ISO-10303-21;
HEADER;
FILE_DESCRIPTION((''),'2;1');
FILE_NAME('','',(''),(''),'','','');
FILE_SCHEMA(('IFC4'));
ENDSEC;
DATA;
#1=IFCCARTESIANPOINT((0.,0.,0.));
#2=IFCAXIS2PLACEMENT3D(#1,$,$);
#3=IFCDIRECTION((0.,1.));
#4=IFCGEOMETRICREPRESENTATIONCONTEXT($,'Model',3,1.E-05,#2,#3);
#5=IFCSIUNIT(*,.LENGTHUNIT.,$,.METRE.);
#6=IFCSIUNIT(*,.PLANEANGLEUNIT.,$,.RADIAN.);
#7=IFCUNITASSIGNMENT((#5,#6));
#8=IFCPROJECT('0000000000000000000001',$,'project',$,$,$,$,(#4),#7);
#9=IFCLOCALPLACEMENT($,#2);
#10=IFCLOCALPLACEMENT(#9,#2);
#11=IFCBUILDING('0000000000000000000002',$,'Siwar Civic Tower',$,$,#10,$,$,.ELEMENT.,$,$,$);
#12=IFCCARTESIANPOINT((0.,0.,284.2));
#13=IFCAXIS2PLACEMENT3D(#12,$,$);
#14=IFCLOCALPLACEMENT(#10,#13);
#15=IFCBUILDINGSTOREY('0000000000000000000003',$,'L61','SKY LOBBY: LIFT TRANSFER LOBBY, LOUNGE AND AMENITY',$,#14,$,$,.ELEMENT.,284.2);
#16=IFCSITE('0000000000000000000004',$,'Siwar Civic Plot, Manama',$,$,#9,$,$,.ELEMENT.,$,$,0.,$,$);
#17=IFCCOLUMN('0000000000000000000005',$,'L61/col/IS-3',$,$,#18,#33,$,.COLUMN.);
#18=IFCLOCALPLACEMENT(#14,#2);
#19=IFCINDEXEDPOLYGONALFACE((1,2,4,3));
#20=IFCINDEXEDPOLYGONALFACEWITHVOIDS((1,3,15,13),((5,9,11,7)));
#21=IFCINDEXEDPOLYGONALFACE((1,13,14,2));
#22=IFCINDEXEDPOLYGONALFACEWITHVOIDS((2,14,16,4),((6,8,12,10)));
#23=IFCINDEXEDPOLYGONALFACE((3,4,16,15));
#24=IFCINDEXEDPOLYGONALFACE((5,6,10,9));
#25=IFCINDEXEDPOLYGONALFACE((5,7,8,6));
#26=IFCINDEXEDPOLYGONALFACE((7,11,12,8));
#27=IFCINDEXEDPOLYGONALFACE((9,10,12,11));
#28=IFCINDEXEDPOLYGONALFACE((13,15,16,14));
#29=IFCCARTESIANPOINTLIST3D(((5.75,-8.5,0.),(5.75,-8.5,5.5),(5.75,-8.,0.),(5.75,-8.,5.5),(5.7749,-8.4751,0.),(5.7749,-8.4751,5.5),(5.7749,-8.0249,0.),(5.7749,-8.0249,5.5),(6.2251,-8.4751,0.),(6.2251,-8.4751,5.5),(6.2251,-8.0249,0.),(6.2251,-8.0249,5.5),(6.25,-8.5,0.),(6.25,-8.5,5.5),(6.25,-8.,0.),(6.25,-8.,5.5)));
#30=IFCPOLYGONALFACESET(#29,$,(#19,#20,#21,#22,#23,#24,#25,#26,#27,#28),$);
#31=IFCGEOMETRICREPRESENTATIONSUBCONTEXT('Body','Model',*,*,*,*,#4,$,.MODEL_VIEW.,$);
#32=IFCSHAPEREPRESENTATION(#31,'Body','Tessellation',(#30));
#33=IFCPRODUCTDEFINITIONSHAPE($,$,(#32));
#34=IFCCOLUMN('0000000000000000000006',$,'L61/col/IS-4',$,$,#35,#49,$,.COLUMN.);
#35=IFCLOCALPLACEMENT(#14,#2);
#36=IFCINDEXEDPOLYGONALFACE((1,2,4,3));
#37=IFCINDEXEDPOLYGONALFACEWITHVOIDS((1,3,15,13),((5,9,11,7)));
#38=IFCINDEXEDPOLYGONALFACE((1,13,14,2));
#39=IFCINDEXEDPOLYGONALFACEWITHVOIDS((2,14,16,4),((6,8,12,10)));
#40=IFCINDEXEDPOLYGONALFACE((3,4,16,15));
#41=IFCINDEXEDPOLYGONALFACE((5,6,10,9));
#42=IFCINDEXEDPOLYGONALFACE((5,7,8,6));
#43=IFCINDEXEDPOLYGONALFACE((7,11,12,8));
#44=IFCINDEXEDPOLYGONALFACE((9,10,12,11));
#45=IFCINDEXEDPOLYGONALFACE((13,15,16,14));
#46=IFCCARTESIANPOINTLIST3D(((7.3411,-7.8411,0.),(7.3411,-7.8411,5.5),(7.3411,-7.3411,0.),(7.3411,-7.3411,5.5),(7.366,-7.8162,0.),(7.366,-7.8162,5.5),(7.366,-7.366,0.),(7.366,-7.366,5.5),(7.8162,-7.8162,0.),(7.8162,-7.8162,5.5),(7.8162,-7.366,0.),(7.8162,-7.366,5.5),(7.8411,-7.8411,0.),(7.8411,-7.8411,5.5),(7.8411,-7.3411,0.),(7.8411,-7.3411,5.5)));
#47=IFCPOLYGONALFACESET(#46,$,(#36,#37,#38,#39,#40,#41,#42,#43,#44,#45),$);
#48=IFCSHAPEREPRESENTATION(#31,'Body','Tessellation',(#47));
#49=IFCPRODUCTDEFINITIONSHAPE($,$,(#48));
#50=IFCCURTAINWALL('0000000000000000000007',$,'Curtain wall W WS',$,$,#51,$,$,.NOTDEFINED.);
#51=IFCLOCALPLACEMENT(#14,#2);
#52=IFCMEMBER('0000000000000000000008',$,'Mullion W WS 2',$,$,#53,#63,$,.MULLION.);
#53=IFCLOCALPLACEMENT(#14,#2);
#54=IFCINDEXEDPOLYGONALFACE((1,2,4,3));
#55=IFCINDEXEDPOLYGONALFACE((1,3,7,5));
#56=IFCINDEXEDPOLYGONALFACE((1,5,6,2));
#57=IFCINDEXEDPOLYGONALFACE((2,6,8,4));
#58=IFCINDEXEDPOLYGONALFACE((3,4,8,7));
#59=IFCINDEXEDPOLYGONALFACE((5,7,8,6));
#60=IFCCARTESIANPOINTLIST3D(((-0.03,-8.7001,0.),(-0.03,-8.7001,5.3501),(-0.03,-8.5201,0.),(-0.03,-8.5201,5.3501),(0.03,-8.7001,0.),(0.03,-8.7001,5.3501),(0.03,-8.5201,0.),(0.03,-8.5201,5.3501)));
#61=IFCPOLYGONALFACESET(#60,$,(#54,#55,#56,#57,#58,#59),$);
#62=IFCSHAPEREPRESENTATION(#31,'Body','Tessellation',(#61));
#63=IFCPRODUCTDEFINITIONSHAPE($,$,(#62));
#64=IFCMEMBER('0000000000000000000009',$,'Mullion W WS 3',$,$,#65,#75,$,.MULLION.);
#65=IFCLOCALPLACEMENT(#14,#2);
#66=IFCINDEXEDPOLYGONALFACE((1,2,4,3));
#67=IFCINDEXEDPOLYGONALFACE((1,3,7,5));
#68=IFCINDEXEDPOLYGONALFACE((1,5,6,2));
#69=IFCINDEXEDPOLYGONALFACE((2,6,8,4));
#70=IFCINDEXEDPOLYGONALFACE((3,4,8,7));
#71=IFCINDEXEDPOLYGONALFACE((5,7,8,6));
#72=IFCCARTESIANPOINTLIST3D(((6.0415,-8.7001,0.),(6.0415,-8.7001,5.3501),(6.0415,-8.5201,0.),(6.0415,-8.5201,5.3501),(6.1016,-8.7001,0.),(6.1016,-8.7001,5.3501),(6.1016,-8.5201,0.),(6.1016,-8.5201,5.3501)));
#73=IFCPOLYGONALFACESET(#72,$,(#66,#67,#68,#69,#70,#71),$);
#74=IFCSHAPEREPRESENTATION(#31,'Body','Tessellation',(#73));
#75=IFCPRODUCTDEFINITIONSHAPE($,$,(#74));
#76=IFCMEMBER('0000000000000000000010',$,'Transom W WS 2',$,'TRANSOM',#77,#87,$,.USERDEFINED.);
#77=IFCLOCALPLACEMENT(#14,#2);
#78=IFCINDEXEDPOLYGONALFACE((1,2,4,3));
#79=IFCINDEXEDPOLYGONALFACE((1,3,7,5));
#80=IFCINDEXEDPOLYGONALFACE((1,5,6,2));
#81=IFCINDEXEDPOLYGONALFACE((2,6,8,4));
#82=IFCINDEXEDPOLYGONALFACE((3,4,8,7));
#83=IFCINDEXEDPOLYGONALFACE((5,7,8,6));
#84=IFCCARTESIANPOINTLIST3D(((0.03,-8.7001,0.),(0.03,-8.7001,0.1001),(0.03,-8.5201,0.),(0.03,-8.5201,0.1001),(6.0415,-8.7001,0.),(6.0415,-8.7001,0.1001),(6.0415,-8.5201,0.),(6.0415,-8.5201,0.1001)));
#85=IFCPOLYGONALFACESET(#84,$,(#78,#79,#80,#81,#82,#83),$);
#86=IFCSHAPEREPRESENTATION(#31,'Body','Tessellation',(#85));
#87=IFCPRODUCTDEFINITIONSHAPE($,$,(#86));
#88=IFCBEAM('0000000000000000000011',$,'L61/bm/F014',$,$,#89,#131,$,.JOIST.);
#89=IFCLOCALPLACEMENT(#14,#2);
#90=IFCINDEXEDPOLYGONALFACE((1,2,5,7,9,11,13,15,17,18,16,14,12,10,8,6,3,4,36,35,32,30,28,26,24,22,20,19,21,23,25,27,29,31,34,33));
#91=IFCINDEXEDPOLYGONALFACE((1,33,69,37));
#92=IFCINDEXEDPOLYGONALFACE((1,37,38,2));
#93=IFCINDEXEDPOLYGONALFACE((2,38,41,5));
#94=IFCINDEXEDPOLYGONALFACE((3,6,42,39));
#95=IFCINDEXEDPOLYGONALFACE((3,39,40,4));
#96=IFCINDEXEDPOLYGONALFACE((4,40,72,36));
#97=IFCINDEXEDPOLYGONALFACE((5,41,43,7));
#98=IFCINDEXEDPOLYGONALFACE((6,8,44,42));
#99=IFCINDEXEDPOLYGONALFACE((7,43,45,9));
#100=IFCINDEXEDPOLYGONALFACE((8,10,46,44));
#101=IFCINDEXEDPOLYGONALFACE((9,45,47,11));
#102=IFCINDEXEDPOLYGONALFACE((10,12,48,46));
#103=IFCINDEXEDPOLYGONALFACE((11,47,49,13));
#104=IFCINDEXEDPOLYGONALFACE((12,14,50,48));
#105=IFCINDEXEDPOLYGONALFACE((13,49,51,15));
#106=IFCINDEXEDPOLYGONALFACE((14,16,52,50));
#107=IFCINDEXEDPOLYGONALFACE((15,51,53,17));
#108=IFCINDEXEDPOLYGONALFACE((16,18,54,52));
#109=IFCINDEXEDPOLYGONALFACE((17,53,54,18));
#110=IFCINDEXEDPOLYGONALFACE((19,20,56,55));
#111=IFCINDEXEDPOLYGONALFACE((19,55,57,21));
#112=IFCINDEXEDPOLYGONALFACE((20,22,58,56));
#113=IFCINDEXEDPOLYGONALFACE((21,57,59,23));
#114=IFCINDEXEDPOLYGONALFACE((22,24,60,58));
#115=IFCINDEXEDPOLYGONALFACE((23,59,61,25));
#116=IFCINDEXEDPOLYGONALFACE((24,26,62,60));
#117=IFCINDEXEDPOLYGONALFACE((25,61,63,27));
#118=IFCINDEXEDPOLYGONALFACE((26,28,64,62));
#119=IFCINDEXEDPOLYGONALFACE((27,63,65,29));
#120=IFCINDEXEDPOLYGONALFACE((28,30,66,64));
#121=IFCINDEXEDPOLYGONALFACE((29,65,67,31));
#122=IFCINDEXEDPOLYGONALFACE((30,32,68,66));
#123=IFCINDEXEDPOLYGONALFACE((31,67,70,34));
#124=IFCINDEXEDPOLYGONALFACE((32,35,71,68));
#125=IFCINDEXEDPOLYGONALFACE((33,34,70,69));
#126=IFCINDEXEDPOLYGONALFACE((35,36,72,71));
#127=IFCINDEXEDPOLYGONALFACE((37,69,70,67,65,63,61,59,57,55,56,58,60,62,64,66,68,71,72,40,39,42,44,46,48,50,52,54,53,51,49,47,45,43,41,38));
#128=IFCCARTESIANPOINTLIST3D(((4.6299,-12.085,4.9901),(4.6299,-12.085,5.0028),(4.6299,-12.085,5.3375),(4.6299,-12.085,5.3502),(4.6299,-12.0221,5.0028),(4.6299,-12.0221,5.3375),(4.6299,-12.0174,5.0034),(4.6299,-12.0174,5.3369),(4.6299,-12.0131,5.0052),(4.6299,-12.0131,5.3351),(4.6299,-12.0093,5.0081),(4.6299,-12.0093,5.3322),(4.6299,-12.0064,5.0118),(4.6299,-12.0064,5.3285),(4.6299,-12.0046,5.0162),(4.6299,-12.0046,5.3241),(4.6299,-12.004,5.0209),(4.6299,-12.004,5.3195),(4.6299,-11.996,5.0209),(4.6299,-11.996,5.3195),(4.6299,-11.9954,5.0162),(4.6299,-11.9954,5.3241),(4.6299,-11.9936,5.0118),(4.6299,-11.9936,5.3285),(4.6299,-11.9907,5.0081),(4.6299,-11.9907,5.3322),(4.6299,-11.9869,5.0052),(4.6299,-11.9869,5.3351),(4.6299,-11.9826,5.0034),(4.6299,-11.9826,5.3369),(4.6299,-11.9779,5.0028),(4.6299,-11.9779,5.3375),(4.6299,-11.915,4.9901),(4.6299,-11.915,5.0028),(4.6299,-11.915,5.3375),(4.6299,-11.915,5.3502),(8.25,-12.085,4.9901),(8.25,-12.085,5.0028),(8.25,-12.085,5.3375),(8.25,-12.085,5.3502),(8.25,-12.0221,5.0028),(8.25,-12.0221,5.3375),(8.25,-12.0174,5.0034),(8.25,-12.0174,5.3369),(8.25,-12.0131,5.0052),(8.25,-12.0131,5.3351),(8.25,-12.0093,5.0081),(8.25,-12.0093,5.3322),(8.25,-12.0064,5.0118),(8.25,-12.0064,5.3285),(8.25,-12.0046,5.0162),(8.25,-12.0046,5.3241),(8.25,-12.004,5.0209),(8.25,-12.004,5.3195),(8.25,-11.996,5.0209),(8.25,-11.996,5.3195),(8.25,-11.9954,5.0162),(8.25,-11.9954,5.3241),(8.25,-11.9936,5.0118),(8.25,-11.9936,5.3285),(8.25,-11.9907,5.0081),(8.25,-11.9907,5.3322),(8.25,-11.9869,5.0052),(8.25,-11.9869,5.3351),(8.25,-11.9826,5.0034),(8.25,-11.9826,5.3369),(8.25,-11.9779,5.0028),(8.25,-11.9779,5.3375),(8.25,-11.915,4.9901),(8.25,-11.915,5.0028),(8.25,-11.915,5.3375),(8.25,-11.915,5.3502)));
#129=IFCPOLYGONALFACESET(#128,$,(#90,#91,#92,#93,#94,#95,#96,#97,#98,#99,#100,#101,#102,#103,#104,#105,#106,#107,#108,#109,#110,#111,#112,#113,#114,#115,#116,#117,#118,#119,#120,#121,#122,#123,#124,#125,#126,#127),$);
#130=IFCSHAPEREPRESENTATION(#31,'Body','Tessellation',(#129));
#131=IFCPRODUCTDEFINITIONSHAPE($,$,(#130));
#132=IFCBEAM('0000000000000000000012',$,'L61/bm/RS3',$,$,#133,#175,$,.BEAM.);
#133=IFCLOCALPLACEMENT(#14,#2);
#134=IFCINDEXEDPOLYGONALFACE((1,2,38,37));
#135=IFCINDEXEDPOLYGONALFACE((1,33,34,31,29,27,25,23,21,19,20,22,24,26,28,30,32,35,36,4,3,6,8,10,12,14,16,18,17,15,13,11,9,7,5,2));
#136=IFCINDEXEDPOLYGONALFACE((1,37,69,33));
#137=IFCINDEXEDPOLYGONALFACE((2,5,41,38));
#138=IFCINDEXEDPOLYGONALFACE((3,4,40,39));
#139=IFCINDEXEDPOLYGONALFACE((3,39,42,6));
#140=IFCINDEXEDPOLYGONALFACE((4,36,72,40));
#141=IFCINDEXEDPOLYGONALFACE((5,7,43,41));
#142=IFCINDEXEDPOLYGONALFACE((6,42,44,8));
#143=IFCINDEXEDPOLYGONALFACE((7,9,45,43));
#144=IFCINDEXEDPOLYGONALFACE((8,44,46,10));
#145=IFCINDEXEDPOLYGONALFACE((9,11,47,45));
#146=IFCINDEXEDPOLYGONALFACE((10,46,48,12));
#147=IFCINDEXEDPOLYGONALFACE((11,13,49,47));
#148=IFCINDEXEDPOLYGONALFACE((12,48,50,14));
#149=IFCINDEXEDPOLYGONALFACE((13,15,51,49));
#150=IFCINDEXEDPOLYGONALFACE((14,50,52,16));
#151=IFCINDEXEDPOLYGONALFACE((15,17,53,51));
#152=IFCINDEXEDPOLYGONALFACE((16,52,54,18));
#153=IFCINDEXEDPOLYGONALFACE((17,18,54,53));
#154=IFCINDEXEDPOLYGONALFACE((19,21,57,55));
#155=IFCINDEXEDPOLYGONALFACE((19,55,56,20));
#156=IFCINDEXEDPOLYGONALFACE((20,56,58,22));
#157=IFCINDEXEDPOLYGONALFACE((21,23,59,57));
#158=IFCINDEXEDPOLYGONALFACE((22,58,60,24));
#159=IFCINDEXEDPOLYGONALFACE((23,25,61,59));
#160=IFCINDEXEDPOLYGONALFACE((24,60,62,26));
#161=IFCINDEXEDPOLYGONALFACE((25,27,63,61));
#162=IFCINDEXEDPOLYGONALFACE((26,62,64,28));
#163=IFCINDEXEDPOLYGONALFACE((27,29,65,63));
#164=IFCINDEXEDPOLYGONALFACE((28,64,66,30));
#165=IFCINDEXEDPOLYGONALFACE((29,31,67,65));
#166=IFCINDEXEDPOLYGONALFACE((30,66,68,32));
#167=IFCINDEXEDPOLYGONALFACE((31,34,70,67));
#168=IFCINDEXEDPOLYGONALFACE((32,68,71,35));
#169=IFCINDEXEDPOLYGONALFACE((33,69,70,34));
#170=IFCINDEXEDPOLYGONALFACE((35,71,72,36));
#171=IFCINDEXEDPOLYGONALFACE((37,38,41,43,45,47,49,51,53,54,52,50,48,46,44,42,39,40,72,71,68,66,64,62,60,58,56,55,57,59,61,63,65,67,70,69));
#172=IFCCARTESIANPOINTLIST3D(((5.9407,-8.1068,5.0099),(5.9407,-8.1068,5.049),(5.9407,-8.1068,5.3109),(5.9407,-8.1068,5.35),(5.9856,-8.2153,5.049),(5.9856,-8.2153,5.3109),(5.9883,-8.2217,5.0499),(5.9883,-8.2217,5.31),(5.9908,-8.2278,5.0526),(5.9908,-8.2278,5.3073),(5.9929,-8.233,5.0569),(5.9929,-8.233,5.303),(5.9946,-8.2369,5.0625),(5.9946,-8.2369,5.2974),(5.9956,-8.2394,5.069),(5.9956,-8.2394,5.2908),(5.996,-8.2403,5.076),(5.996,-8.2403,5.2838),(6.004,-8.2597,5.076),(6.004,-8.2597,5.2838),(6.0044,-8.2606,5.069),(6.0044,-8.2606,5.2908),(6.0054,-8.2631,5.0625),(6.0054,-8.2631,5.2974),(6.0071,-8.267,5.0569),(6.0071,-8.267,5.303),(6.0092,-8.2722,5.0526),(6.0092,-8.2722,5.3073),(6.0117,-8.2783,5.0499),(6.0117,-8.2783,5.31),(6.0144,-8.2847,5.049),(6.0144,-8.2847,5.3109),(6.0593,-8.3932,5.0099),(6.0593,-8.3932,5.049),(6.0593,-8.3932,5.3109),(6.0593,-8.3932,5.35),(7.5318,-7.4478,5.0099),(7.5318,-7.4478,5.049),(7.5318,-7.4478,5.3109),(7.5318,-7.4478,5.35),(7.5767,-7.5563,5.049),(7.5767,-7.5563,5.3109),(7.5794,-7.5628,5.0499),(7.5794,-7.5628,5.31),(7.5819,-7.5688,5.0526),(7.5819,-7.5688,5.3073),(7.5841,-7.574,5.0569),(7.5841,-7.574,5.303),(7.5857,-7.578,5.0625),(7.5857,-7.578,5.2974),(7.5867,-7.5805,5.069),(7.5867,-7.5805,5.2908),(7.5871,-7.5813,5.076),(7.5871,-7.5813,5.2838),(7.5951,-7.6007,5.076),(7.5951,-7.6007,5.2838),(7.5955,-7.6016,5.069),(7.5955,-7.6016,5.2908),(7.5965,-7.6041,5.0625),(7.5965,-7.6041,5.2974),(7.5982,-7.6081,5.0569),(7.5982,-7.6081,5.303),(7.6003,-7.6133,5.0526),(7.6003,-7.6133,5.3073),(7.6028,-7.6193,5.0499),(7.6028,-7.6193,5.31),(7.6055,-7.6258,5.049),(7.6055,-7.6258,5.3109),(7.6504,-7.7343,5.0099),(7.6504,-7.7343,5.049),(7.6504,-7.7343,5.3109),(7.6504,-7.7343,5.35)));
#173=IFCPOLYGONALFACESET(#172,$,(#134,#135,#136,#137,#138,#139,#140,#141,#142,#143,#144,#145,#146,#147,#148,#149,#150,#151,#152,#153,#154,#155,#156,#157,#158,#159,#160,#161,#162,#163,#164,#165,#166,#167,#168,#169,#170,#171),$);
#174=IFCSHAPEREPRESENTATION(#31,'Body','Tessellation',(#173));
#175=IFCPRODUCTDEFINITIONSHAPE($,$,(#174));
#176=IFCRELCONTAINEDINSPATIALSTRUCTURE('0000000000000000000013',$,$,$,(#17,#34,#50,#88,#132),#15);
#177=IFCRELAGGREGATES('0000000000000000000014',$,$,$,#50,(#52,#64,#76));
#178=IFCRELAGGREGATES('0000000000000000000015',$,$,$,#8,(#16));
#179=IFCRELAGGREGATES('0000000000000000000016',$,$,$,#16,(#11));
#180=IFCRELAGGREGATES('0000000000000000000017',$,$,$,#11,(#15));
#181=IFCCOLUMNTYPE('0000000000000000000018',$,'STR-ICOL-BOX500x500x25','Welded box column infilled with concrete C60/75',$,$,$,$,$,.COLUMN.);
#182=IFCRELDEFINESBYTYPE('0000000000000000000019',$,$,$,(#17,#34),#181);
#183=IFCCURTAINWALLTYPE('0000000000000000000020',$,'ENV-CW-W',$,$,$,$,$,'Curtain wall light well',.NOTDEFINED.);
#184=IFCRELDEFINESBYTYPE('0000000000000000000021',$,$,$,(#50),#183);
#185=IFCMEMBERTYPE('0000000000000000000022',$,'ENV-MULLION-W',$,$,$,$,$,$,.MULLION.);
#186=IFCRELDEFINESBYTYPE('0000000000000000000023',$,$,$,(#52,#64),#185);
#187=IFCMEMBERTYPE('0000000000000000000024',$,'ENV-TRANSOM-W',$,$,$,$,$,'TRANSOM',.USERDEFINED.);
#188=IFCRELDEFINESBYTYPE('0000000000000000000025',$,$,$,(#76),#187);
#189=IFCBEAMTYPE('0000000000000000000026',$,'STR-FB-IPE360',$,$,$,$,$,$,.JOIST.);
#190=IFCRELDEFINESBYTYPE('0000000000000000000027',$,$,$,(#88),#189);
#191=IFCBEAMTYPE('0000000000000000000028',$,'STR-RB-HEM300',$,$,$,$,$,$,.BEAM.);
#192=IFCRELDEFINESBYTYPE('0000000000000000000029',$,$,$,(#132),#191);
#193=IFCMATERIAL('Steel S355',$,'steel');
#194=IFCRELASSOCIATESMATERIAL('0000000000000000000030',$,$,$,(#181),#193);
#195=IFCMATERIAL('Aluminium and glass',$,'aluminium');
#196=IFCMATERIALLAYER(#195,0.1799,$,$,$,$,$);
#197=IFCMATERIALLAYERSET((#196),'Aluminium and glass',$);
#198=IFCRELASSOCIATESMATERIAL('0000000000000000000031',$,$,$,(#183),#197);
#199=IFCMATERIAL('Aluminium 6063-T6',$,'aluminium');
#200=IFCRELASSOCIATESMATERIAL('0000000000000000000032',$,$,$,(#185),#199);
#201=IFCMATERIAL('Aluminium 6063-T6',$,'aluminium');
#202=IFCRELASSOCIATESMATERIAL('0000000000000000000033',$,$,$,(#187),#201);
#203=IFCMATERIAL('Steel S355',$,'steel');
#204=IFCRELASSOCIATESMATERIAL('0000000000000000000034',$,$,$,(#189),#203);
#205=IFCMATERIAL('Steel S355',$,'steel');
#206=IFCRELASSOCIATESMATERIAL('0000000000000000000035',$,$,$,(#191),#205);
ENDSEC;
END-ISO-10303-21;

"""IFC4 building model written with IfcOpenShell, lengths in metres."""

from ifc_helpers import new_model, si_unit, direction, frame, origin, origin_2d, place, context, subcontext, project, spatial, rectangle, hollow_rectangle, i_section, extrude, material, layer, layer_set, material_profile, profile_set, type_object, element, aggregate, save


model = new_model("IFC4")

# Units and contexts
model_context = context("Model", 3, precision=1e-05, world=origin(), true_north=direction((0.0, 1.0)))
body_context = subcontext(model_context, "Body", "Model", "MODEL_VIEW")
ifc_project = project(units=[si_unit("LENGTHUNIT", "METRE"), si_unit("PLANEANGLEUNIT", "RADIAN")], contexts=[model_context])

# Site, building, storey
site_placement = place(None, origin())
site = spatial("IfcSite", under=ifc_project, at=site_placement, Name="Siwar Civic Plot, Manama", CompositionType="ELEMENT", RefElevation=0.0)
building_placement = place(site_placement, origin())
building = spatial("IfcBuilding", under=site, at=building_placement, Name="Siwar Civic Tower", CompositionType="ELEMENT")
storey_placement = place(building_placement, frame((0.0, 0.0, 284.2)))
storey = spatial("IfcBuildingStorey", under=building, at=storey_placement, Name="L61", Description="SKY LOBBY: LIFT TRANSFER LOBBY, LOUNGE AND AMENITY", CompositionType="ELEMENT", Elevation=284.2)

# Columns
ifc_material_1 = material(Name="Steel S355", Category="steel")
ifc_material_profile_1 = material_profile(ifc_material_1, hollow_rectangle(XDim=0.5, YDim=0.5, WallThickness=0.0249, at=origin_2d()), Name="BOX500x500x25")
ifc_profile_set_1 = profile_set([ifc_material_profile_1], Name="Steel S355")
column_type = type_object("IfcColumnType", Name="STR-ICOL-BOX500x500x25", Description="Welded box column infilled with concrete C60/75", PredefinedType="COLUMN", material=ifc_profile_set_1)
for number, where, z_axis, x_axis, name in (
    (1, (6.0, -8.25, 0.0), (0.0, 0.0, 1.0), (1.0, 0.0, 0.0), "L61/col/IS-3"),
    (2, (7.5911, -7.5911, 0.0), (0.0, 0.0, 1.0), (1.0, 0.0, 0.0), "L61/col/IS-4"),
):
    element("IfcColumn", number, at=place(storey_placement, frame(where, z_axis=z_axis, x_axis=x_axis)), inside=storey, type_object=column_type, Name=name, PredefinedType="COLUMN", context=body_context, shape_type="SweptSolid", body=[
        extrude(hollow_rectangle(XDim=0.5, YDim=0.5, WallThickness=0.0249, at=origin_2d()), origin(), (0.0, 0.0, 1.0), 5.5),
    ])

# Curtain wall, members
ifc_material_2 = material(Name="Aluminium and glass", Category="aluminium")
ifc_layer_1 = layer(ifc_material_2, 0.1799)
ifc_layer_set_1 = layer_set([ifc_layer_1], Name="Aluminium and glass")
curtain_wall_type = type_object("IfcCurtainWallType", Name="ENV-CW-W", ElementType="Curtain wall light well", PredefinedType="NOTDEFINED", material=ifc_layer_set_1)
curtain_wall_placement = place(storey_placement, origin())
curtain_wall = element("IfcCurtainWall", 3, at=curtain_wall_placement, inside=storey, type_object=curtain_wall_type, Name="Curtain wall W WS", PredefinedType="NOTDEFINED")
ifc_material_3 = material(Name="Aluminium 6063-T6", Category="aluminium")
ifc_material_profile_2 = material_profile(ifc_material_3, rectangle(XDim=0.1799, YDim=0.0601, at=origin_2d()), Name="AL 180x60")
ifc_profile_set_2 = profile_set([ifc_material_profile_2], Name="Aluminium 6063-T6")
member_type_1 = type_object("IfcMemberType", Name="ENV-MULLION-W", PredefinedType="MULLION", material=ifc_profile_set_2)
member_1_placement = place(storey_placement, frame((0.0, -8.6101, 0.0), z_axis=(0.0, 0.0, 1.0), x_axis=(0.0, 1.0, 0.0)))
member_1 = element("IfcMember", 4, at=member_1_placement, type_object=member_type_1, Name="Mullion W WS 2", PredefinedType="MULLION", context=body_context, shape_type="SweptSolid", body=[
    extrude(rectangle(XDim=0.1799, YDim=0.0601, at=origin_2d()), origin(), (0.0, 0.0, 1.0), 5.3501),
])
member_2_placement = place(storey_placement, frame((6.0715, -8.6101, 0.0), z_axis=(0.0, 0.0, 1.0), x_axis=(0.0, 1.0, 0.0)))
member_2 = element("IfcMember", 5, at=member_2_placement, type_object=member_type_1, Name="Mullion W WS 3", PredefinedType="MULLION", context=body_context, shape_type="SweptSolid", body=[
    extrude(rectangle(XDim=0.1799, YDim=0.0601, at=origin_2d()), origin(), (0.0, 0.0, 1.0), 5.3501),
])
ifc_material_4 = material(Name="Aluminium 6063-T6", Category="aluminium")
ifc_material_profile_3 = material_profile(ifc_material_4, rectangle(XDim=0.1799, YDim=0.1001, at=origin_2d()), Name="AL 180x100")
ifc_profile_set_3 = profile_set([ifc_material_profile_3], Name="Aluminium 6063-T6")
member_type_2 = type_object("IfcMemberType", Name="ENV-TRANSOM-W", ElementType="TRANSOM", PredefinedType="USERDEFINED", material=ifc_profile_set_3)
member_3_placement = place(storey_placement, frame((0.03, -8.6101, 0.05), z_axis=(1.0, 0.0, 0.0), x_axis=(0.0, 1.0, 0.0)))
member_3 = element("IfcMember", 6, at=member_3_placement, type_object=member_type_2, Name="Transom W WS 2", ObjectType="TRANSOM", PredefinedType="USERDEFINED", context=body_context, shape_type="SweptSolid", body=[
    extrude(rectangle(XDim=0.1799, YDim=0.1001, at=origin_2d()), origin(), (0.0, 0.0, 1.0), 6.0115),
])

# Beams
ifc_material_5 = material(Name="Steel S355", Category="steel")
ifc_material_profile_4 = material_profile(ifc_material_5, i_section(OverallWidth=0.1699, OverallDepth=0.3601, WebThickness=0.0081, FlangeThickness=0.0127, FilletRadius=0.0181, at=origin_2d()), Name="IPE360")
ifc_profile_set_4 = profile_set([ifc_material_profile_4], Name="Steel S355")
beam_type_1 = type_object("IfcBeamType", Name="STR-FB-IPE360", PredefinedType="JOIST", material=ifc_profile_set_4)
beam_placement = place(storey_placement, frame((4.6299, -12.0, 5.1702), z_axis=(1.0, 0.0, 0.0), x_axis=(0.0, 1.0, 0.0)))
element("IfcBeam", 7, at=beam_placement, inside=storey, type_object=beam_type_1, Name="L61/bm/F014", PredefinedType="JOIST", context=body_context, shape_type="SweptSolid", body=[
    extrude(i_section(OverallWidth=0.1699, OverallDepth=0.3601, WebThickness=0.0081, FlangeThickness=0.0127, FilletRadius=0.0181, at=origin_2d()), origin(), (0.0, 0.0, 1.0), 3.6201),
])
ifc_material_6 = material(Name="Steel S355", Category="steel")
ifc_material_profile_5 = material_profile(ifc_material_6, i_section(OverallWidth=0.3101, OverallDepth=0.3401, WebThickness=0.021, FlangeThickness=0.0391, FilletRadius=0.0271, at=origin_2d()), Name="HEM300")
ifc_profile_set_5 = profile_set([ifc_material_profile_5], Name="Steel S355")
beam_type_2 = type_object("IfcBeamType", Name="STR-RB-HEM300", PredefinedType="BEAM", material=ifc_profile_set_5)
for number, where, z_axis, x_axis, name in (
    (8, (6.0, -8.25, 5.1799), (0.923901, 0.382631, 0.0), (-0.382631, 0.923901, 0.0), "L61/bm/RS3"),
):
    element("IfcBeam", number, at=place(storey_placement, frame(where, z_axis=z_axis, x_axis=x_axis)), inside=storey, type_object=beam_type_2, Name=name, PredefinedType="BEAM", context=body_context, shape_type="SweptSolid", body=[
        extrude(i_section(OverallWidth=0.3101, OverallDepth=0.3401, WebThickness=0.021, FlangeThickness=0.0391, FilletRadius=0.0271, at=origin_2d()), origin(), (0.0, 0.0, 1.0), 1.7222),
    ])

aggregate(curtain_wall, [member_1, member_2, member_3])

save(model, "model.ifc")
